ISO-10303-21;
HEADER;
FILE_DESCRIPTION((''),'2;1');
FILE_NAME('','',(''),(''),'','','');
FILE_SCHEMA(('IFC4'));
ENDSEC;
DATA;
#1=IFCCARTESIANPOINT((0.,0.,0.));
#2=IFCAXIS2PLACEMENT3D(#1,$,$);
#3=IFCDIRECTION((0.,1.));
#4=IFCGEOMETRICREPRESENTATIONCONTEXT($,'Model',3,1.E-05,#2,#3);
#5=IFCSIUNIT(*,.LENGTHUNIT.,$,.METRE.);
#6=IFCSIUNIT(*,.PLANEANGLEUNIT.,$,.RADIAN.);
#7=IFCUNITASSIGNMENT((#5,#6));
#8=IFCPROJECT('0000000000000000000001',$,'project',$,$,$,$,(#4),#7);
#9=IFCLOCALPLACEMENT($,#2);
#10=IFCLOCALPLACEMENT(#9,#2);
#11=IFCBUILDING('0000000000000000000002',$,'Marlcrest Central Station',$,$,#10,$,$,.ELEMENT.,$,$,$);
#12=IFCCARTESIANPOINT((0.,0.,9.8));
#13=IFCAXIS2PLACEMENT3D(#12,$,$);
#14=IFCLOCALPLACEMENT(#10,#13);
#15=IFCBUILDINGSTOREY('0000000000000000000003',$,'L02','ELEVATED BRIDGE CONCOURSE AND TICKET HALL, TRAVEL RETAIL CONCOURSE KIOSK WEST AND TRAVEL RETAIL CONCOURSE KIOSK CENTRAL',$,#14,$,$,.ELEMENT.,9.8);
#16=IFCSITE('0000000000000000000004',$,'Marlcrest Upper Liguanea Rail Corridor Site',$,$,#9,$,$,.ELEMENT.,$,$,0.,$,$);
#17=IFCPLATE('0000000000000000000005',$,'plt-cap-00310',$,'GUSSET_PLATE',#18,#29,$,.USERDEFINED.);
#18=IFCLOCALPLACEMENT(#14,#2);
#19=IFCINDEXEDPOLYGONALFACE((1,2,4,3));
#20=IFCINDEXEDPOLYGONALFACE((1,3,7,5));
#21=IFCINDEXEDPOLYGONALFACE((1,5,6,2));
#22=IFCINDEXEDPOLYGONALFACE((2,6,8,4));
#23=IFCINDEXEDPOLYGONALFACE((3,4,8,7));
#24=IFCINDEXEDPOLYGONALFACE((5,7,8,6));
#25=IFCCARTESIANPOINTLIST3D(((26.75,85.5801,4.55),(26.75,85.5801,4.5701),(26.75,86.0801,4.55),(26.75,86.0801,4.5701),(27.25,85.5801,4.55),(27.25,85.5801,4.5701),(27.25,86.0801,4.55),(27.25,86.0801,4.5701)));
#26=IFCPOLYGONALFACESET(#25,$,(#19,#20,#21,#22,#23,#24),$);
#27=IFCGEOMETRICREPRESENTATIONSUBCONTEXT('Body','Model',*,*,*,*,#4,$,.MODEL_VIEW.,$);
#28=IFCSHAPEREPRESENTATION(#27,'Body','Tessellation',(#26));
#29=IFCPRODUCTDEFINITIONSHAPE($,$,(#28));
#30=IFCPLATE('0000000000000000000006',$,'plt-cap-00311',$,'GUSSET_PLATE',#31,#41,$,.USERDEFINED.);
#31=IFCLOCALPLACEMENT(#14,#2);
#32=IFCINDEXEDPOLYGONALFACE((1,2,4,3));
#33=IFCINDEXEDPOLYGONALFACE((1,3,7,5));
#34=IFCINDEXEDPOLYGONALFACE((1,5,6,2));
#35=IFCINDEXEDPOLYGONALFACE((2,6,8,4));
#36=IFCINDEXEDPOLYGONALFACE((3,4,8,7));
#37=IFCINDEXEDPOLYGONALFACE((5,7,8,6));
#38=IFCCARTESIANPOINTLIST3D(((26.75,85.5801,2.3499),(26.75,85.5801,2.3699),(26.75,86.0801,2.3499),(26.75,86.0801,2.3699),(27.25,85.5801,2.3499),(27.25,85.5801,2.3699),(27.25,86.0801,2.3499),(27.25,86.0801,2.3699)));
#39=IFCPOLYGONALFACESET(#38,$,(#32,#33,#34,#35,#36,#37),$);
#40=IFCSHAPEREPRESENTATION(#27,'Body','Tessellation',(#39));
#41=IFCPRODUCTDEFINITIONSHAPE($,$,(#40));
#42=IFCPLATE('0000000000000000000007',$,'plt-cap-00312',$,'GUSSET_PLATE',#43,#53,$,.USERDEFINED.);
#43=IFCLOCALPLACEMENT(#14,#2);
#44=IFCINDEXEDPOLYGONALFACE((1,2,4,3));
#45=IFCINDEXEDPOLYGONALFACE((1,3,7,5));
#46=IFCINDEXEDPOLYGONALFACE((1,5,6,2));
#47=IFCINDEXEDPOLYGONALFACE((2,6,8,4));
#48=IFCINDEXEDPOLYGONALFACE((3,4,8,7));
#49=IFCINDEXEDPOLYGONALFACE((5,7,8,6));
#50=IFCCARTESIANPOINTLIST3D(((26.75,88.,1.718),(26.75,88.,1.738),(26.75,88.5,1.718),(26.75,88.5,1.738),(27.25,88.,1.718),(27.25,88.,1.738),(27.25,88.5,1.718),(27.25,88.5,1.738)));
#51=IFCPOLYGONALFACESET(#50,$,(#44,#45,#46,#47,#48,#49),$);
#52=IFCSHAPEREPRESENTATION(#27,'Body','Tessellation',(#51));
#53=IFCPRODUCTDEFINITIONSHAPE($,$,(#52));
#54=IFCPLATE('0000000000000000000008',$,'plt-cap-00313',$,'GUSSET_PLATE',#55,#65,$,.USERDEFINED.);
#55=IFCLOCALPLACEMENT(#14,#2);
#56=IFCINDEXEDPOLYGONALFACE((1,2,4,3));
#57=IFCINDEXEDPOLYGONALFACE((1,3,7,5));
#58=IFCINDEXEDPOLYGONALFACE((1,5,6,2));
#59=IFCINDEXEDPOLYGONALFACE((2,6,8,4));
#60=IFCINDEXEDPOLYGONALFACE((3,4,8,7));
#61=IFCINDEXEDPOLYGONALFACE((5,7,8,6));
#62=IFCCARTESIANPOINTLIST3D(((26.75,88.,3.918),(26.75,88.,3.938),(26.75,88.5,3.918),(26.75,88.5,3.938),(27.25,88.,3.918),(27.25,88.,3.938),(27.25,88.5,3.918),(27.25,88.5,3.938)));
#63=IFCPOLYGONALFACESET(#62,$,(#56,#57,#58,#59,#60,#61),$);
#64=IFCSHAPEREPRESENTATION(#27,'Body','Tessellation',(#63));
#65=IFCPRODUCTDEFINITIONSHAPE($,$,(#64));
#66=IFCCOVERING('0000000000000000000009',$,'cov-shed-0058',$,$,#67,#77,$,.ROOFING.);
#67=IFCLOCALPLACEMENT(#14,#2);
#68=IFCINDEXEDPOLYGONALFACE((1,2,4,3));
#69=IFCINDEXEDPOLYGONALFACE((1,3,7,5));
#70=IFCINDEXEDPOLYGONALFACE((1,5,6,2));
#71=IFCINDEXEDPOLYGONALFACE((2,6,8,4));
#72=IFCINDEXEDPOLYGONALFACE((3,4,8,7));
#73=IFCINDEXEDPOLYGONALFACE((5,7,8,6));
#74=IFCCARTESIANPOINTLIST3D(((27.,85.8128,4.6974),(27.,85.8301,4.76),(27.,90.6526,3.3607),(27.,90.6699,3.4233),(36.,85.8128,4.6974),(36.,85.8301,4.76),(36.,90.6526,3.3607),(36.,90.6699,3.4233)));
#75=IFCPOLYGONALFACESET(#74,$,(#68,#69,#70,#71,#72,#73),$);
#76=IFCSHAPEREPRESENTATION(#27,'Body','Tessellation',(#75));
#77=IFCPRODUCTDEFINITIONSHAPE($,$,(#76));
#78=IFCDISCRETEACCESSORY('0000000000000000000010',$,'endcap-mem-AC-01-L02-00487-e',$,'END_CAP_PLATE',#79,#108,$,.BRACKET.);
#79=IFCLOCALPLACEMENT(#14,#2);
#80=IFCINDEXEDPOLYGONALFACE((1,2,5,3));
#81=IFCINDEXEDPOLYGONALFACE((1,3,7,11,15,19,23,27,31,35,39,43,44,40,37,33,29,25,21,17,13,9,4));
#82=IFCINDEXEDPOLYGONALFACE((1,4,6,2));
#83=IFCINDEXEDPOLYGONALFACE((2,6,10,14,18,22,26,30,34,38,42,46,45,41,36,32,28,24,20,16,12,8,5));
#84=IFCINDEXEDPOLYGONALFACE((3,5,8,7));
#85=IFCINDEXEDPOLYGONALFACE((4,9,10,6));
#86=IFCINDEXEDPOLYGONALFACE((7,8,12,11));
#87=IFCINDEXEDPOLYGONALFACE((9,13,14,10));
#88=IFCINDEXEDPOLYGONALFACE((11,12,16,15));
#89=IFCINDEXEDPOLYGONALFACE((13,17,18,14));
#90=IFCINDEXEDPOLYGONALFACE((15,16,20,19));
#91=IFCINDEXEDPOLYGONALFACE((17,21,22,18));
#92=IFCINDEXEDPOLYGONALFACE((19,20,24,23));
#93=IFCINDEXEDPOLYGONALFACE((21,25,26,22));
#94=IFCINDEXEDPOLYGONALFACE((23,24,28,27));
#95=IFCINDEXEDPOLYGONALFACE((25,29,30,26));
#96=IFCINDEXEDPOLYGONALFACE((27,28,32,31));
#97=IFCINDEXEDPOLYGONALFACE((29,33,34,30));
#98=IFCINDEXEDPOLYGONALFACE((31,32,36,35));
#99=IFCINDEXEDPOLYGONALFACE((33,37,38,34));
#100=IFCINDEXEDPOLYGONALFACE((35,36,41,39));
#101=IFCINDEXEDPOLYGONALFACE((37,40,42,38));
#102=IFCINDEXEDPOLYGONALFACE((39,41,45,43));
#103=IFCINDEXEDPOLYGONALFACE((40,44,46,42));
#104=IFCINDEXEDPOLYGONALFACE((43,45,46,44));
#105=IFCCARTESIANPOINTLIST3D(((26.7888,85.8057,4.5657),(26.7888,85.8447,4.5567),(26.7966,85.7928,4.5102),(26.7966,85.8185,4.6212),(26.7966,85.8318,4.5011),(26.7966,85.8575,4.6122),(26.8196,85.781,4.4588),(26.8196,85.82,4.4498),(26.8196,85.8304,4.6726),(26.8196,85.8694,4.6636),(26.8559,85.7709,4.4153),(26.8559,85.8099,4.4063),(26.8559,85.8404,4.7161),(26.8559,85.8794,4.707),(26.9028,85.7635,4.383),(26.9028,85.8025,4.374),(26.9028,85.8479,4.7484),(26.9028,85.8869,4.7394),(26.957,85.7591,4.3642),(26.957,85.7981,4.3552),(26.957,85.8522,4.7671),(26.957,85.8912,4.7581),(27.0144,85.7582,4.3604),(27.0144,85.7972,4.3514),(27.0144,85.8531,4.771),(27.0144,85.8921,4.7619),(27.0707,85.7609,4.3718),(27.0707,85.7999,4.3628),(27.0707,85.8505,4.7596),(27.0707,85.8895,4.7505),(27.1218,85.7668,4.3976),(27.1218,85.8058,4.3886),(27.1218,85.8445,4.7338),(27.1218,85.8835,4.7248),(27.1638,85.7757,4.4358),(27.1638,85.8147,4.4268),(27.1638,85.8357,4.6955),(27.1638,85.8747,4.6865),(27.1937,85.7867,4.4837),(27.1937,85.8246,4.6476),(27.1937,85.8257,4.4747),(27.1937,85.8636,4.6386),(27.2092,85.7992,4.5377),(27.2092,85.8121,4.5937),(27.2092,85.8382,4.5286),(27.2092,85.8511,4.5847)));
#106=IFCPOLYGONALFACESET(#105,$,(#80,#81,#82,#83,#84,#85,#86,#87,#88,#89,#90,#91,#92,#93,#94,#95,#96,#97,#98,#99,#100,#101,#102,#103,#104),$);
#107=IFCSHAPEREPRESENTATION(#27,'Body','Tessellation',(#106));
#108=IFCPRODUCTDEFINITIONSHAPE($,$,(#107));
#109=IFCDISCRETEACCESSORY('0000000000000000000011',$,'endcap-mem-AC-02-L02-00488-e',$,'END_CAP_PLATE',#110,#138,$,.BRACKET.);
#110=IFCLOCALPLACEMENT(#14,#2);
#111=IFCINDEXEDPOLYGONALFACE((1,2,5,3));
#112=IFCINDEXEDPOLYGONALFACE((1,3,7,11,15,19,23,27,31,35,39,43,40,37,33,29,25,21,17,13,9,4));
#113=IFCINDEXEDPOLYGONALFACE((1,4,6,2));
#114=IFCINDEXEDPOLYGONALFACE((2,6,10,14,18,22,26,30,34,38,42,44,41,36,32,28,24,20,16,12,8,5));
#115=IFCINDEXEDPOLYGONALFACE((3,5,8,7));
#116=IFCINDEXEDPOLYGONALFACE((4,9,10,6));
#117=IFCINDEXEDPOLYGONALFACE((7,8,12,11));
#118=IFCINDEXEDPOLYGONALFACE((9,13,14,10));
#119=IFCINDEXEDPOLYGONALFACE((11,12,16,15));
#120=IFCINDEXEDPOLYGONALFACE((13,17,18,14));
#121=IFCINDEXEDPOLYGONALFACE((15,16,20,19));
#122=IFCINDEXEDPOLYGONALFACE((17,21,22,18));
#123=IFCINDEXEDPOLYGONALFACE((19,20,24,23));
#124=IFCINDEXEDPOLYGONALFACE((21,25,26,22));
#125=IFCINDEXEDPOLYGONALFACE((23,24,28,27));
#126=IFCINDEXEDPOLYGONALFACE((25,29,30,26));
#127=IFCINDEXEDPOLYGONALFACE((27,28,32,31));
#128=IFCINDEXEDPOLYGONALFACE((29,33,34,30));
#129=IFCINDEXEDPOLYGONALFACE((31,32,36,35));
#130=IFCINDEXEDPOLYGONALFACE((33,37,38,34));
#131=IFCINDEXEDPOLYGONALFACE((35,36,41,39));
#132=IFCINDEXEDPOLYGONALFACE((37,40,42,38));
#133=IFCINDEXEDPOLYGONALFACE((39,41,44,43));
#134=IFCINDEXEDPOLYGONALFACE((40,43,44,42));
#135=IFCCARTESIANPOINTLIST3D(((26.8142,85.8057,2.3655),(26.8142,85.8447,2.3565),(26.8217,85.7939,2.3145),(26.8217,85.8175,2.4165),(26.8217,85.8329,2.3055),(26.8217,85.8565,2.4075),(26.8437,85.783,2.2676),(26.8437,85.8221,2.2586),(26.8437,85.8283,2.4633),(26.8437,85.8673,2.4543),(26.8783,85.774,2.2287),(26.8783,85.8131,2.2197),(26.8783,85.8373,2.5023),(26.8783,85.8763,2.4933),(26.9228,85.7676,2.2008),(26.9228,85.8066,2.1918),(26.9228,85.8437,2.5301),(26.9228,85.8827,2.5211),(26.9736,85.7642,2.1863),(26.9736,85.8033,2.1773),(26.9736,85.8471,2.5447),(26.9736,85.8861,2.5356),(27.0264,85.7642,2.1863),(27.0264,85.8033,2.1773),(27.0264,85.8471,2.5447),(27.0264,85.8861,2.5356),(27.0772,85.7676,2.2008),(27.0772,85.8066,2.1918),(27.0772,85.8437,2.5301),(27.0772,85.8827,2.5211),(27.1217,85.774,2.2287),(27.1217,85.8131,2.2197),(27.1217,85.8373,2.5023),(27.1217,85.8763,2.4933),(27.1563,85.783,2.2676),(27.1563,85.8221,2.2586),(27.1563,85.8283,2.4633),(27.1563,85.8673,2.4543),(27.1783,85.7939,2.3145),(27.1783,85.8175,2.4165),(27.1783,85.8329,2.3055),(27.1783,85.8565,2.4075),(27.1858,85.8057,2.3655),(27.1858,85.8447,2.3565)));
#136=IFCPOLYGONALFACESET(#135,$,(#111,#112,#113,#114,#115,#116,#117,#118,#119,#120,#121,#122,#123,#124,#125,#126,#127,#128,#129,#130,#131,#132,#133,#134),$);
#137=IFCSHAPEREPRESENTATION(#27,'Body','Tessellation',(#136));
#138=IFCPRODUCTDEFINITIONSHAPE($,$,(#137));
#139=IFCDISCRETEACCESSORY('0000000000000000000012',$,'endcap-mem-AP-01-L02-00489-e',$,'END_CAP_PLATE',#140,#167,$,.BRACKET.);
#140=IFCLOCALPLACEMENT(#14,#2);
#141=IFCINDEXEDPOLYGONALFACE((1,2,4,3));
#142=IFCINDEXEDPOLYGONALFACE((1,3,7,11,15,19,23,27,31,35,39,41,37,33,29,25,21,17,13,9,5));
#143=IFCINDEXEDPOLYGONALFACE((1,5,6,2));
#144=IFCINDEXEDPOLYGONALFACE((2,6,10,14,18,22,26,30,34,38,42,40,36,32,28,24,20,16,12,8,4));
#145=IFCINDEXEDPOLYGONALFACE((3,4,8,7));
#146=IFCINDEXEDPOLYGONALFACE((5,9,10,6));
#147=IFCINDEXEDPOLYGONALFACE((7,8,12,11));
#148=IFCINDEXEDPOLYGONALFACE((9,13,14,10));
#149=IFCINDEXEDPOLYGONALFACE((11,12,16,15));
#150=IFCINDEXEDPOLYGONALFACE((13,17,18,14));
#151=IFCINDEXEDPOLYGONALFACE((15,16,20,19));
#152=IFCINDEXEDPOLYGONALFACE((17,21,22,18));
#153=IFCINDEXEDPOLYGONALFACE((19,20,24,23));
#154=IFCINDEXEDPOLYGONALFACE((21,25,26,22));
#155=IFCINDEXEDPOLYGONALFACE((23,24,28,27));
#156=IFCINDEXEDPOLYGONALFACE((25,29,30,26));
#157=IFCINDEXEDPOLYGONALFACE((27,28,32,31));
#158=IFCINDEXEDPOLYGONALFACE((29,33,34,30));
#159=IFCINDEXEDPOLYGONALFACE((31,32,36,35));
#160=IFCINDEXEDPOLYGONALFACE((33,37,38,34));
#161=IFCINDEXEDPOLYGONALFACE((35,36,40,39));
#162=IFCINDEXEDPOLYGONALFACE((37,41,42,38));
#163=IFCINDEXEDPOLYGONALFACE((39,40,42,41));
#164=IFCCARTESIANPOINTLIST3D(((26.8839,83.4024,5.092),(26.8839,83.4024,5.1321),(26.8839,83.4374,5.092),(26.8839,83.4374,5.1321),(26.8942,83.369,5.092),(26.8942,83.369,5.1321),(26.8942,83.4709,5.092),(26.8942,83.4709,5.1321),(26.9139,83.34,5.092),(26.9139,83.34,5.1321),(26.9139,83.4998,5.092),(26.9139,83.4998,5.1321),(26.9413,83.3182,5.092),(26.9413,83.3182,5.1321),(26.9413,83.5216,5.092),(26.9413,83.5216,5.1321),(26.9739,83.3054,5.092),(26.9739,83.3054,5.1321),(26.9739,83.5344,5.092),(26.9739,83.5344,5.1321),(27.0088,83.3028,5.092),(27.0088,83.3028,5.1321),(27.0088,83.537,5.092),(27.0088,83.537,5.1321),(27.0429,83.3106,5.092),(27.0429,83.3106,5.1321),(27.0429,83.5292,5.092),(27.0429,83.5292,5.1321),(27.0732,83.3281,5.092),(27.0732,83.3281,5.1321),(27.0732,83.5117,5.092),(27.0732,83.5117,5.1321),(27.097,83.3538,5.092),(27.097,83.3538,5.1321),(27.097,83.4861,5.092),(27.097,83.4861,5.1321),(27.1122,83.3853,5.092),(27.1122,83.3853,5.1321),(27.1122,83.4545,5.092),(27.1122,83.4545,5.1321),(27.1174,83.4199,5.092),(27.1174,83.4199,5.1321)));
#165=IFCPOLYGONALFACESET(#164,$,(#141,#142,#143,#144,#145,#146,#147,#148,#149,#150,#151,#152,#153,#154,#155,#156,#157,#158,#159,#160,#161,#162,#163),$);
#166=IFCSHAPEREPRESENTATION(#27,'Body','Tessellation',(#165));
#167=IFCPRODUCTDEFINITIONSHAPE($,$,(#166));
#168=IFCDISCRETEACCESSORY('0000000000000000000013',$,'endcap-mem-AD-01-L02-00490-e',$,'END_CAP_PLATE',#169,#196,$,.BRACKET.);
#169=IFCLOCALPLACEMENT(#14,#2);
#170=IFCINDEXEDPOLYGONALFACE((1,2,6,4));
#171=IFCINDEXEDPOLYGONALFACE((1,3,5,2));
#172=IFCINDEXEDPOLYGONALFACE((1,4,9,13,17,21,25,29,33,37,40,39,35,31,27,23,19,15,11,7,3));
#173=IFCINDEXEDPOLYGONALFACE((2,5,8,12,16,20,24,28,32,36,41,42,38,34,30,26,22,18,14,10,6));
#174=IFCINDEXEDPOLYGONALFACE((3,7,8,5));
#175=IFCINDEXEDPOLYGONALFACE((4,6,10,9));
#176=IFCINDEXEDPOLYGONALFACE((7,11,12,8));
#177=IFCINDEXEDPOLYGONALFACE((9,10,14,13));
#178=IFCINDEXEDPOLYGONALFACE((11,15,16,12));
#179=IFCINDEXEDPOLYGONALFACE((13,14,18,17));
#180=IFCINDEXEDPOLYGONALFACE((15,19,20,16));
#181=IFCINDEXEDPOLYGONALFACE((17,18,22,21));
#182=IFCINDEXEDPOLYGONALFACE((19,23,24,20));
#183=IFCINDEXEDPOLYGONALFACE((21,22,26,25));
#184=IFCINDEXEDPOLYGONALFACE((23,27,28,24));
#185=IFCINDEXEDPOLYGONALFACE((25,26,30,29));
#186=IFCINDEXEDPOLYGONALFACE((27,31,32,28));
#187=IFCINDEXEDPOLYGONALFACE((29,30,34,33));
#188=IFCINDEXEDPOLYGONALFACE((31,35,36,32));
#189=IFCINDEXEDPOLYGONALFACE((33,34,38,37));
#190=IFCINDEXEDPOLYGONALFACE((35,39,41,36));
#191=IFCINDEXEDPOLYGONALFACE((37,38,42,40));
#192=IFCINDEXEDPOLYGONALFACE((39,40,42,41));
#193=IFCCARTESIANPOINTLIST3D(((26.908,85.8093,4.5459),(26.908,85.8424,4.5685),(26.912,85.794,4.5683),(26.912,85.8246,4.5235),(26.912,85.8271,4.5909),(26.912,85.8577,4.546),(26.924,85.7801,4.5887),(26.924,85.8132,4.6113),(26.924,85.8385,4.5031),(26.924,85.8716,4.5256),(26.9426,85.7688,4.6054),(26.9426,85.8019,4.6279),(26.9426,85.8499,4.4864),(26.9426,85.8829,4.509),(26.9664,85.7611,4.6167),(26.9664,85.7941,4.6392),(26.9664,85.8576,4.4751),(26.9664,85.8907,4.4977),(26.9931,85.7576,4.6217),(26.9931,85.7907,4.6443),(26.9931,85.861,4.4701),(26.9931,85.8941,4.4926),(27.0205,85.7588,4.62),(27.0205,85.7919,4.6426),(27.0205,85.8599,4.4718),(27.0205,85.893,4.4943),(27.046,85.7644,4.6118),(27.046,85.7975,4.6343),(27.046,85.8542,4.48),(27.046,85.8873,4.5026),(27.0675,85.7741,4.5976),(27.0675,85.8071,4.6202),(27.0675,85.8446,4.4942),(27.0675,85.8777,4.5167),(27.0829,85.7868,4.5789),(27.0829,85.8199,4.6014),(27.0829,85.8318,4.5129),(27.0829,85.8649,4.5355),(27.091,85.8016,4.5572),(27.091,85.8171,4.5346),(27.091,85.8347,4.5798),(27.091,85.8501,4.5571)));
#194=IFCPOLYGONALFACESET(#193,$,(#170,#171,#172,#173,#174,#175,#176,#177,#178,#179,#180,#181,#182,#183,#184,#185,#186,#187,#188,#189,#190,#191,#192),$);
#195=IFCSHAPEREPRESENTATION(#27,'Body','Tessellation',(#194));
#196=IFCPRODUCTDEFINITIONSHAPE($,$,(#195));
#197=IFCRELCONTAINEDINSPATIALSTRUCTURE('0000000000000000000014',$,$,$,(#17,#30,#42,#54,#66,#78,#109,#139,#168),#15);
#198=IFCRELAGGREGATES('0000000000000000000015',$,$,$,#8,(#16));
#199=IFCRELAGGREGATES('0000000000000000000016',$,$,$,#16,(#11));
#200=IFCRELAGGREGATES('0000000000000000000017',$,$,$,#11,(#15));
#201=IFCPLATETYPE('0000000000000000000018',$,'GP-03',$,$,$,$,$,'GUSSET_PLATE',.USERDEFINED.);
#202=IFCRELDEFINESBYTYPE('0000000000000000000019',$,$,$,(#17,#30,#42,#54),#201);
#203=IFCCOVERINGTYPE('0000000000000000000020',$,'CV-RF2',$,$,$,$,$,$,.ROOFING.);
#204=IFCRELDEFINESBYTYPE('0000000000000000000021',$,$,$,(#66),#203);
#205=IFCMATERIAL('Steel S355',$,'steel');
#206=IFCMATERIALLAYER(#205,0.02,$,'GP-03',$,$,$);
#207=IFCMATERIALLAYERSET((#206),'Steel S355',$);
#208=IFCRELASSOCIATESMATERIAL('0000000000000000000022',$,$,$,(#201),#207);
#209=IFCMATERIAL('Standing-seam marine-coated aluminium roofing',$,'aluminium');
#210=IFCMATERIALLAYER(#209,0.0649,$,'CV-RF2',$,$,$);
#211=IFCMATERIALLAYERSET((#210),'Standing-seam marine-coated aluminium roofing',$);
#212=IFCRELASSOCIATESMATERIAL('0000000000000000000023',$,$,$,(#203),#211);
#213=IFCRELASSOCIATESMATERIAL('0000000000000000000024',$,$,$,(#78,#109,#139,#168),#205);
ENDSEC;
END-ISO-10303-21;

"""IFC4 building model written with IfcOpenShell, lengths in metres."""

from ifc_helpers import new_model, si_unit, direction, frame, origin, origin_2d, place, context, subcontext, project, spatial, polyline, rectangle, circle, outline, extrude, material, layer, layer_set, type_object, element, save


model = new_model("IFC4")

# Units and contexts
model_context = context("Model", 3, precision=1e-05, world=origin(), true_north=direction((0.0, 1.0)))
body_context = subcontext(model_context, "Body", "Model", "MODEL_VIEW")
ifc_project = project(units=[si_unit("LENGTHUNIT", "METRE"), si_unit("PLANEANGLEUNIT", "RADIAN")], contexts=[model_context])

# Site, building, storey
site_placement = place(None, origin())
site = spatial("IfcSite", under=ifc_project, at=site_placement, Name="Marlcrest Upper Liguanea Rail Corridor Site", CompositionType="ELEMENT", RefElevation=0.0)
building_placement = place(site_placement, origin())
building = spatial("IfcBuilding", under=site, at=building_placement, Name="Marlcrest Central Station", CompositionType="ELEMENT")
storey_placement = place(building_placement, frame((0.0, 0.0, 9.8)))
storey = spatial("IfcBuildingStorey", under=building, at=storey_placement, Name="L02", Description="ELEVATED BRIDGE CONCOURSE AND TICKET HALL, TRAVEL RETAIL CONCOURSE KIOSK WEST AND TRAVEL RETAIL CONCOURSE KIOSK CENTRAL", CompositionType="ELEMENT", Elevation=9.8)

# Shared definitions
ifc_material_1 = material(Name="Steel S355", Category="steel")

# Plates
ifc_layer_1 = layer(ifc_material_1, 0.02, Name="GP-03")
ifc_layer_set_1 = layer_set([ifc_layer_1], Name="Steel S355")
plate_type = type_object("IfcPlateType", Name="GP-03", ElementType="GUSSET_PLATE", PredefinedType="USERDEFINED", material=ifc_layer_set_1)
for number, where, z_axis, x_axis, name in (
    (1, (27.0, 85.8301, 4.55), (0.0, 0.0, 1.0), (1.0, 0.0, 0.0), "plt-cap-00310"),
    (2, (27.0, 85.8301, 2.3499), (0.0, 0.0, 1.0), (1.0, 0.0, 0.0), "plt-cap-00311"),
    (3, (27.0, 88.25, 1.718), (0.0, 0.0, 1.0), (1.0, 0.0, 0.0), "plt-cap-00312"),
    (4, (27.0, 88.25, 3.918), (0.0, 0.0, 1.0), (1.0, 0.0, 0.0), "plt-cap-00313"),
):
    element("IfcPlate", number, at=place(storey_placement, frame(where, z_axis=z_axis, x_axis=x_axis)), inside=storey, type_object=plate_type, Name=name, ObjectType="GUSSET_PLATE", PredefinedType="USERDEFINED", context=body_context, shape_type="SweptSolid", body=[
        extrude(rectangle(XDim=0.5, YDim=0.5, at=origin_2d()), origin(), (0.0, 0.0, 1.0), 0.02),
    ])

# Covering
ifc_material_2 = material(Name="Standing-seam marine-coated aluminium roofing", Category="aluminium")
ifc_layer_2 = layer(ifc_material_2, 0.0649, Name="CV-RF2")
ifc_layer_set_2 = layer_set([ifc_layer_2], Name="Standing-seam marine-coated aluminium roofing")
covering_type = type_object("IfcCoveringType", Name="CV-RF2", PredefinedType="ROOFING", material=ifc_layer_set_2)
covering_placement = place(storey_placement, frame((27.0, 85.8301, 4.76), z_axis=(0.0, 0.266214, 0.963914), x_axis=(1.0, 0.0, 0.0)))
element("IfcCovering", 5, at=covering_placement, inside=storey, type_object=covering_type, Name="cov-shed-0058", PredefinedType="ROOFING", context=body_context, shape_type="SweptSolid", body=[
    extrude(outline(polyline([(0.0, 0.0), (9.0, 0.0), (9.0, 5.021), (0.0, 5.021), (0.0, 0.0)])), origin(), (0.0, 0.0, -1.0), 0.0649),
])

# Discrete accessories
discrete_accessory_1_placement = place(storey_placement, frame((27.0, 85.8057, 4.5657), z_axis=(0.0, 0.97433, -0.225126), x_axis=(-1.0, 0.0, 0.0)))
element("IfcDiscreteAccessory", 6, at=discrete_accessory_1_placement, inside=storey, material=ifc_material_1, Name="endcap-mem-AC-01-L02-00487-e", ObjectType="END_CAP_PLATE", PredefinedType="BRACKET", context=body_context, shape_type="SweptSolid", body=[
    extrude(circle(Radius=0.2112, at=origin_2d()), origin(), (0.0, 0.0, 1.0), 0.04),
])
discrete_accessory_2_placement = place(storey_placement, frame((27.0, 85.8057, 2.3655), z_axis=(0.0, 0.974308, -0.22522), x_axis=(-1.0, 0.0, 0.0)))
element("IfcDiscreteAccessory", 7, at=discrete_accessory_2_placement, inside=storey, material=ifc_material_1, Name="endcap-mem-AC-02-L02-00488-e", ObjectType="END_CAP_PLATE", PredefinedType="BRACKET", context=body_context, shape_type="SweptSolid", body=[
    extrude(circle(Radius=0.1858, at=origin_2d()), origin(), (0.0, 0.0, 1.0), 0.04),
])
discrete_accessory_3_placement = place(storey_placement, frame((27.0, 83.4199, 5.092), z_axis=(0.0, 0.0, 1.0), x_axis=(1.0, 0.0, 0.0)))
element("IfcDiscreteAccessory", 8, at=discrete_accessory_3_placement, inside=storey, material=ifc_material_1, Name="endcap-mem-AP-01-L02-00489-e", ObjectType="END_CAP_PLATE", PredefinedType="BRACKET", context=body_context, shape_type="SweptSolid", body=[
    extrude(circle(Radius=0.1174, at=origin_2d()), origin(), (0.0, 0.0, 1.0), 0.04),
])
discrete_accessory_4_placement = place(storey_placement, frame((27.0, 85.8093, 4.5459), z_axis=(0.0, 0.826263, 0.563285), x_axis=(-1.0, 0.0, 0.0)))
element("IfcDiscreteAccessory", 9, at=discrete_accessory_4_placement, inside=storey, material=ifc_material_1, Name="endcap-mem-AD-01-L02-00490-e", ObjectType="END_CAP_PLATE", PredefinedType="BRACKET", context=body_context, shape_type="SweptSolid", body=[
    extrude(circle(Radius=0.092, at=origin_2d()), origin(), (0.0, 0.0, 1.0), 0.04),
])

save(model, "model.ifc")
